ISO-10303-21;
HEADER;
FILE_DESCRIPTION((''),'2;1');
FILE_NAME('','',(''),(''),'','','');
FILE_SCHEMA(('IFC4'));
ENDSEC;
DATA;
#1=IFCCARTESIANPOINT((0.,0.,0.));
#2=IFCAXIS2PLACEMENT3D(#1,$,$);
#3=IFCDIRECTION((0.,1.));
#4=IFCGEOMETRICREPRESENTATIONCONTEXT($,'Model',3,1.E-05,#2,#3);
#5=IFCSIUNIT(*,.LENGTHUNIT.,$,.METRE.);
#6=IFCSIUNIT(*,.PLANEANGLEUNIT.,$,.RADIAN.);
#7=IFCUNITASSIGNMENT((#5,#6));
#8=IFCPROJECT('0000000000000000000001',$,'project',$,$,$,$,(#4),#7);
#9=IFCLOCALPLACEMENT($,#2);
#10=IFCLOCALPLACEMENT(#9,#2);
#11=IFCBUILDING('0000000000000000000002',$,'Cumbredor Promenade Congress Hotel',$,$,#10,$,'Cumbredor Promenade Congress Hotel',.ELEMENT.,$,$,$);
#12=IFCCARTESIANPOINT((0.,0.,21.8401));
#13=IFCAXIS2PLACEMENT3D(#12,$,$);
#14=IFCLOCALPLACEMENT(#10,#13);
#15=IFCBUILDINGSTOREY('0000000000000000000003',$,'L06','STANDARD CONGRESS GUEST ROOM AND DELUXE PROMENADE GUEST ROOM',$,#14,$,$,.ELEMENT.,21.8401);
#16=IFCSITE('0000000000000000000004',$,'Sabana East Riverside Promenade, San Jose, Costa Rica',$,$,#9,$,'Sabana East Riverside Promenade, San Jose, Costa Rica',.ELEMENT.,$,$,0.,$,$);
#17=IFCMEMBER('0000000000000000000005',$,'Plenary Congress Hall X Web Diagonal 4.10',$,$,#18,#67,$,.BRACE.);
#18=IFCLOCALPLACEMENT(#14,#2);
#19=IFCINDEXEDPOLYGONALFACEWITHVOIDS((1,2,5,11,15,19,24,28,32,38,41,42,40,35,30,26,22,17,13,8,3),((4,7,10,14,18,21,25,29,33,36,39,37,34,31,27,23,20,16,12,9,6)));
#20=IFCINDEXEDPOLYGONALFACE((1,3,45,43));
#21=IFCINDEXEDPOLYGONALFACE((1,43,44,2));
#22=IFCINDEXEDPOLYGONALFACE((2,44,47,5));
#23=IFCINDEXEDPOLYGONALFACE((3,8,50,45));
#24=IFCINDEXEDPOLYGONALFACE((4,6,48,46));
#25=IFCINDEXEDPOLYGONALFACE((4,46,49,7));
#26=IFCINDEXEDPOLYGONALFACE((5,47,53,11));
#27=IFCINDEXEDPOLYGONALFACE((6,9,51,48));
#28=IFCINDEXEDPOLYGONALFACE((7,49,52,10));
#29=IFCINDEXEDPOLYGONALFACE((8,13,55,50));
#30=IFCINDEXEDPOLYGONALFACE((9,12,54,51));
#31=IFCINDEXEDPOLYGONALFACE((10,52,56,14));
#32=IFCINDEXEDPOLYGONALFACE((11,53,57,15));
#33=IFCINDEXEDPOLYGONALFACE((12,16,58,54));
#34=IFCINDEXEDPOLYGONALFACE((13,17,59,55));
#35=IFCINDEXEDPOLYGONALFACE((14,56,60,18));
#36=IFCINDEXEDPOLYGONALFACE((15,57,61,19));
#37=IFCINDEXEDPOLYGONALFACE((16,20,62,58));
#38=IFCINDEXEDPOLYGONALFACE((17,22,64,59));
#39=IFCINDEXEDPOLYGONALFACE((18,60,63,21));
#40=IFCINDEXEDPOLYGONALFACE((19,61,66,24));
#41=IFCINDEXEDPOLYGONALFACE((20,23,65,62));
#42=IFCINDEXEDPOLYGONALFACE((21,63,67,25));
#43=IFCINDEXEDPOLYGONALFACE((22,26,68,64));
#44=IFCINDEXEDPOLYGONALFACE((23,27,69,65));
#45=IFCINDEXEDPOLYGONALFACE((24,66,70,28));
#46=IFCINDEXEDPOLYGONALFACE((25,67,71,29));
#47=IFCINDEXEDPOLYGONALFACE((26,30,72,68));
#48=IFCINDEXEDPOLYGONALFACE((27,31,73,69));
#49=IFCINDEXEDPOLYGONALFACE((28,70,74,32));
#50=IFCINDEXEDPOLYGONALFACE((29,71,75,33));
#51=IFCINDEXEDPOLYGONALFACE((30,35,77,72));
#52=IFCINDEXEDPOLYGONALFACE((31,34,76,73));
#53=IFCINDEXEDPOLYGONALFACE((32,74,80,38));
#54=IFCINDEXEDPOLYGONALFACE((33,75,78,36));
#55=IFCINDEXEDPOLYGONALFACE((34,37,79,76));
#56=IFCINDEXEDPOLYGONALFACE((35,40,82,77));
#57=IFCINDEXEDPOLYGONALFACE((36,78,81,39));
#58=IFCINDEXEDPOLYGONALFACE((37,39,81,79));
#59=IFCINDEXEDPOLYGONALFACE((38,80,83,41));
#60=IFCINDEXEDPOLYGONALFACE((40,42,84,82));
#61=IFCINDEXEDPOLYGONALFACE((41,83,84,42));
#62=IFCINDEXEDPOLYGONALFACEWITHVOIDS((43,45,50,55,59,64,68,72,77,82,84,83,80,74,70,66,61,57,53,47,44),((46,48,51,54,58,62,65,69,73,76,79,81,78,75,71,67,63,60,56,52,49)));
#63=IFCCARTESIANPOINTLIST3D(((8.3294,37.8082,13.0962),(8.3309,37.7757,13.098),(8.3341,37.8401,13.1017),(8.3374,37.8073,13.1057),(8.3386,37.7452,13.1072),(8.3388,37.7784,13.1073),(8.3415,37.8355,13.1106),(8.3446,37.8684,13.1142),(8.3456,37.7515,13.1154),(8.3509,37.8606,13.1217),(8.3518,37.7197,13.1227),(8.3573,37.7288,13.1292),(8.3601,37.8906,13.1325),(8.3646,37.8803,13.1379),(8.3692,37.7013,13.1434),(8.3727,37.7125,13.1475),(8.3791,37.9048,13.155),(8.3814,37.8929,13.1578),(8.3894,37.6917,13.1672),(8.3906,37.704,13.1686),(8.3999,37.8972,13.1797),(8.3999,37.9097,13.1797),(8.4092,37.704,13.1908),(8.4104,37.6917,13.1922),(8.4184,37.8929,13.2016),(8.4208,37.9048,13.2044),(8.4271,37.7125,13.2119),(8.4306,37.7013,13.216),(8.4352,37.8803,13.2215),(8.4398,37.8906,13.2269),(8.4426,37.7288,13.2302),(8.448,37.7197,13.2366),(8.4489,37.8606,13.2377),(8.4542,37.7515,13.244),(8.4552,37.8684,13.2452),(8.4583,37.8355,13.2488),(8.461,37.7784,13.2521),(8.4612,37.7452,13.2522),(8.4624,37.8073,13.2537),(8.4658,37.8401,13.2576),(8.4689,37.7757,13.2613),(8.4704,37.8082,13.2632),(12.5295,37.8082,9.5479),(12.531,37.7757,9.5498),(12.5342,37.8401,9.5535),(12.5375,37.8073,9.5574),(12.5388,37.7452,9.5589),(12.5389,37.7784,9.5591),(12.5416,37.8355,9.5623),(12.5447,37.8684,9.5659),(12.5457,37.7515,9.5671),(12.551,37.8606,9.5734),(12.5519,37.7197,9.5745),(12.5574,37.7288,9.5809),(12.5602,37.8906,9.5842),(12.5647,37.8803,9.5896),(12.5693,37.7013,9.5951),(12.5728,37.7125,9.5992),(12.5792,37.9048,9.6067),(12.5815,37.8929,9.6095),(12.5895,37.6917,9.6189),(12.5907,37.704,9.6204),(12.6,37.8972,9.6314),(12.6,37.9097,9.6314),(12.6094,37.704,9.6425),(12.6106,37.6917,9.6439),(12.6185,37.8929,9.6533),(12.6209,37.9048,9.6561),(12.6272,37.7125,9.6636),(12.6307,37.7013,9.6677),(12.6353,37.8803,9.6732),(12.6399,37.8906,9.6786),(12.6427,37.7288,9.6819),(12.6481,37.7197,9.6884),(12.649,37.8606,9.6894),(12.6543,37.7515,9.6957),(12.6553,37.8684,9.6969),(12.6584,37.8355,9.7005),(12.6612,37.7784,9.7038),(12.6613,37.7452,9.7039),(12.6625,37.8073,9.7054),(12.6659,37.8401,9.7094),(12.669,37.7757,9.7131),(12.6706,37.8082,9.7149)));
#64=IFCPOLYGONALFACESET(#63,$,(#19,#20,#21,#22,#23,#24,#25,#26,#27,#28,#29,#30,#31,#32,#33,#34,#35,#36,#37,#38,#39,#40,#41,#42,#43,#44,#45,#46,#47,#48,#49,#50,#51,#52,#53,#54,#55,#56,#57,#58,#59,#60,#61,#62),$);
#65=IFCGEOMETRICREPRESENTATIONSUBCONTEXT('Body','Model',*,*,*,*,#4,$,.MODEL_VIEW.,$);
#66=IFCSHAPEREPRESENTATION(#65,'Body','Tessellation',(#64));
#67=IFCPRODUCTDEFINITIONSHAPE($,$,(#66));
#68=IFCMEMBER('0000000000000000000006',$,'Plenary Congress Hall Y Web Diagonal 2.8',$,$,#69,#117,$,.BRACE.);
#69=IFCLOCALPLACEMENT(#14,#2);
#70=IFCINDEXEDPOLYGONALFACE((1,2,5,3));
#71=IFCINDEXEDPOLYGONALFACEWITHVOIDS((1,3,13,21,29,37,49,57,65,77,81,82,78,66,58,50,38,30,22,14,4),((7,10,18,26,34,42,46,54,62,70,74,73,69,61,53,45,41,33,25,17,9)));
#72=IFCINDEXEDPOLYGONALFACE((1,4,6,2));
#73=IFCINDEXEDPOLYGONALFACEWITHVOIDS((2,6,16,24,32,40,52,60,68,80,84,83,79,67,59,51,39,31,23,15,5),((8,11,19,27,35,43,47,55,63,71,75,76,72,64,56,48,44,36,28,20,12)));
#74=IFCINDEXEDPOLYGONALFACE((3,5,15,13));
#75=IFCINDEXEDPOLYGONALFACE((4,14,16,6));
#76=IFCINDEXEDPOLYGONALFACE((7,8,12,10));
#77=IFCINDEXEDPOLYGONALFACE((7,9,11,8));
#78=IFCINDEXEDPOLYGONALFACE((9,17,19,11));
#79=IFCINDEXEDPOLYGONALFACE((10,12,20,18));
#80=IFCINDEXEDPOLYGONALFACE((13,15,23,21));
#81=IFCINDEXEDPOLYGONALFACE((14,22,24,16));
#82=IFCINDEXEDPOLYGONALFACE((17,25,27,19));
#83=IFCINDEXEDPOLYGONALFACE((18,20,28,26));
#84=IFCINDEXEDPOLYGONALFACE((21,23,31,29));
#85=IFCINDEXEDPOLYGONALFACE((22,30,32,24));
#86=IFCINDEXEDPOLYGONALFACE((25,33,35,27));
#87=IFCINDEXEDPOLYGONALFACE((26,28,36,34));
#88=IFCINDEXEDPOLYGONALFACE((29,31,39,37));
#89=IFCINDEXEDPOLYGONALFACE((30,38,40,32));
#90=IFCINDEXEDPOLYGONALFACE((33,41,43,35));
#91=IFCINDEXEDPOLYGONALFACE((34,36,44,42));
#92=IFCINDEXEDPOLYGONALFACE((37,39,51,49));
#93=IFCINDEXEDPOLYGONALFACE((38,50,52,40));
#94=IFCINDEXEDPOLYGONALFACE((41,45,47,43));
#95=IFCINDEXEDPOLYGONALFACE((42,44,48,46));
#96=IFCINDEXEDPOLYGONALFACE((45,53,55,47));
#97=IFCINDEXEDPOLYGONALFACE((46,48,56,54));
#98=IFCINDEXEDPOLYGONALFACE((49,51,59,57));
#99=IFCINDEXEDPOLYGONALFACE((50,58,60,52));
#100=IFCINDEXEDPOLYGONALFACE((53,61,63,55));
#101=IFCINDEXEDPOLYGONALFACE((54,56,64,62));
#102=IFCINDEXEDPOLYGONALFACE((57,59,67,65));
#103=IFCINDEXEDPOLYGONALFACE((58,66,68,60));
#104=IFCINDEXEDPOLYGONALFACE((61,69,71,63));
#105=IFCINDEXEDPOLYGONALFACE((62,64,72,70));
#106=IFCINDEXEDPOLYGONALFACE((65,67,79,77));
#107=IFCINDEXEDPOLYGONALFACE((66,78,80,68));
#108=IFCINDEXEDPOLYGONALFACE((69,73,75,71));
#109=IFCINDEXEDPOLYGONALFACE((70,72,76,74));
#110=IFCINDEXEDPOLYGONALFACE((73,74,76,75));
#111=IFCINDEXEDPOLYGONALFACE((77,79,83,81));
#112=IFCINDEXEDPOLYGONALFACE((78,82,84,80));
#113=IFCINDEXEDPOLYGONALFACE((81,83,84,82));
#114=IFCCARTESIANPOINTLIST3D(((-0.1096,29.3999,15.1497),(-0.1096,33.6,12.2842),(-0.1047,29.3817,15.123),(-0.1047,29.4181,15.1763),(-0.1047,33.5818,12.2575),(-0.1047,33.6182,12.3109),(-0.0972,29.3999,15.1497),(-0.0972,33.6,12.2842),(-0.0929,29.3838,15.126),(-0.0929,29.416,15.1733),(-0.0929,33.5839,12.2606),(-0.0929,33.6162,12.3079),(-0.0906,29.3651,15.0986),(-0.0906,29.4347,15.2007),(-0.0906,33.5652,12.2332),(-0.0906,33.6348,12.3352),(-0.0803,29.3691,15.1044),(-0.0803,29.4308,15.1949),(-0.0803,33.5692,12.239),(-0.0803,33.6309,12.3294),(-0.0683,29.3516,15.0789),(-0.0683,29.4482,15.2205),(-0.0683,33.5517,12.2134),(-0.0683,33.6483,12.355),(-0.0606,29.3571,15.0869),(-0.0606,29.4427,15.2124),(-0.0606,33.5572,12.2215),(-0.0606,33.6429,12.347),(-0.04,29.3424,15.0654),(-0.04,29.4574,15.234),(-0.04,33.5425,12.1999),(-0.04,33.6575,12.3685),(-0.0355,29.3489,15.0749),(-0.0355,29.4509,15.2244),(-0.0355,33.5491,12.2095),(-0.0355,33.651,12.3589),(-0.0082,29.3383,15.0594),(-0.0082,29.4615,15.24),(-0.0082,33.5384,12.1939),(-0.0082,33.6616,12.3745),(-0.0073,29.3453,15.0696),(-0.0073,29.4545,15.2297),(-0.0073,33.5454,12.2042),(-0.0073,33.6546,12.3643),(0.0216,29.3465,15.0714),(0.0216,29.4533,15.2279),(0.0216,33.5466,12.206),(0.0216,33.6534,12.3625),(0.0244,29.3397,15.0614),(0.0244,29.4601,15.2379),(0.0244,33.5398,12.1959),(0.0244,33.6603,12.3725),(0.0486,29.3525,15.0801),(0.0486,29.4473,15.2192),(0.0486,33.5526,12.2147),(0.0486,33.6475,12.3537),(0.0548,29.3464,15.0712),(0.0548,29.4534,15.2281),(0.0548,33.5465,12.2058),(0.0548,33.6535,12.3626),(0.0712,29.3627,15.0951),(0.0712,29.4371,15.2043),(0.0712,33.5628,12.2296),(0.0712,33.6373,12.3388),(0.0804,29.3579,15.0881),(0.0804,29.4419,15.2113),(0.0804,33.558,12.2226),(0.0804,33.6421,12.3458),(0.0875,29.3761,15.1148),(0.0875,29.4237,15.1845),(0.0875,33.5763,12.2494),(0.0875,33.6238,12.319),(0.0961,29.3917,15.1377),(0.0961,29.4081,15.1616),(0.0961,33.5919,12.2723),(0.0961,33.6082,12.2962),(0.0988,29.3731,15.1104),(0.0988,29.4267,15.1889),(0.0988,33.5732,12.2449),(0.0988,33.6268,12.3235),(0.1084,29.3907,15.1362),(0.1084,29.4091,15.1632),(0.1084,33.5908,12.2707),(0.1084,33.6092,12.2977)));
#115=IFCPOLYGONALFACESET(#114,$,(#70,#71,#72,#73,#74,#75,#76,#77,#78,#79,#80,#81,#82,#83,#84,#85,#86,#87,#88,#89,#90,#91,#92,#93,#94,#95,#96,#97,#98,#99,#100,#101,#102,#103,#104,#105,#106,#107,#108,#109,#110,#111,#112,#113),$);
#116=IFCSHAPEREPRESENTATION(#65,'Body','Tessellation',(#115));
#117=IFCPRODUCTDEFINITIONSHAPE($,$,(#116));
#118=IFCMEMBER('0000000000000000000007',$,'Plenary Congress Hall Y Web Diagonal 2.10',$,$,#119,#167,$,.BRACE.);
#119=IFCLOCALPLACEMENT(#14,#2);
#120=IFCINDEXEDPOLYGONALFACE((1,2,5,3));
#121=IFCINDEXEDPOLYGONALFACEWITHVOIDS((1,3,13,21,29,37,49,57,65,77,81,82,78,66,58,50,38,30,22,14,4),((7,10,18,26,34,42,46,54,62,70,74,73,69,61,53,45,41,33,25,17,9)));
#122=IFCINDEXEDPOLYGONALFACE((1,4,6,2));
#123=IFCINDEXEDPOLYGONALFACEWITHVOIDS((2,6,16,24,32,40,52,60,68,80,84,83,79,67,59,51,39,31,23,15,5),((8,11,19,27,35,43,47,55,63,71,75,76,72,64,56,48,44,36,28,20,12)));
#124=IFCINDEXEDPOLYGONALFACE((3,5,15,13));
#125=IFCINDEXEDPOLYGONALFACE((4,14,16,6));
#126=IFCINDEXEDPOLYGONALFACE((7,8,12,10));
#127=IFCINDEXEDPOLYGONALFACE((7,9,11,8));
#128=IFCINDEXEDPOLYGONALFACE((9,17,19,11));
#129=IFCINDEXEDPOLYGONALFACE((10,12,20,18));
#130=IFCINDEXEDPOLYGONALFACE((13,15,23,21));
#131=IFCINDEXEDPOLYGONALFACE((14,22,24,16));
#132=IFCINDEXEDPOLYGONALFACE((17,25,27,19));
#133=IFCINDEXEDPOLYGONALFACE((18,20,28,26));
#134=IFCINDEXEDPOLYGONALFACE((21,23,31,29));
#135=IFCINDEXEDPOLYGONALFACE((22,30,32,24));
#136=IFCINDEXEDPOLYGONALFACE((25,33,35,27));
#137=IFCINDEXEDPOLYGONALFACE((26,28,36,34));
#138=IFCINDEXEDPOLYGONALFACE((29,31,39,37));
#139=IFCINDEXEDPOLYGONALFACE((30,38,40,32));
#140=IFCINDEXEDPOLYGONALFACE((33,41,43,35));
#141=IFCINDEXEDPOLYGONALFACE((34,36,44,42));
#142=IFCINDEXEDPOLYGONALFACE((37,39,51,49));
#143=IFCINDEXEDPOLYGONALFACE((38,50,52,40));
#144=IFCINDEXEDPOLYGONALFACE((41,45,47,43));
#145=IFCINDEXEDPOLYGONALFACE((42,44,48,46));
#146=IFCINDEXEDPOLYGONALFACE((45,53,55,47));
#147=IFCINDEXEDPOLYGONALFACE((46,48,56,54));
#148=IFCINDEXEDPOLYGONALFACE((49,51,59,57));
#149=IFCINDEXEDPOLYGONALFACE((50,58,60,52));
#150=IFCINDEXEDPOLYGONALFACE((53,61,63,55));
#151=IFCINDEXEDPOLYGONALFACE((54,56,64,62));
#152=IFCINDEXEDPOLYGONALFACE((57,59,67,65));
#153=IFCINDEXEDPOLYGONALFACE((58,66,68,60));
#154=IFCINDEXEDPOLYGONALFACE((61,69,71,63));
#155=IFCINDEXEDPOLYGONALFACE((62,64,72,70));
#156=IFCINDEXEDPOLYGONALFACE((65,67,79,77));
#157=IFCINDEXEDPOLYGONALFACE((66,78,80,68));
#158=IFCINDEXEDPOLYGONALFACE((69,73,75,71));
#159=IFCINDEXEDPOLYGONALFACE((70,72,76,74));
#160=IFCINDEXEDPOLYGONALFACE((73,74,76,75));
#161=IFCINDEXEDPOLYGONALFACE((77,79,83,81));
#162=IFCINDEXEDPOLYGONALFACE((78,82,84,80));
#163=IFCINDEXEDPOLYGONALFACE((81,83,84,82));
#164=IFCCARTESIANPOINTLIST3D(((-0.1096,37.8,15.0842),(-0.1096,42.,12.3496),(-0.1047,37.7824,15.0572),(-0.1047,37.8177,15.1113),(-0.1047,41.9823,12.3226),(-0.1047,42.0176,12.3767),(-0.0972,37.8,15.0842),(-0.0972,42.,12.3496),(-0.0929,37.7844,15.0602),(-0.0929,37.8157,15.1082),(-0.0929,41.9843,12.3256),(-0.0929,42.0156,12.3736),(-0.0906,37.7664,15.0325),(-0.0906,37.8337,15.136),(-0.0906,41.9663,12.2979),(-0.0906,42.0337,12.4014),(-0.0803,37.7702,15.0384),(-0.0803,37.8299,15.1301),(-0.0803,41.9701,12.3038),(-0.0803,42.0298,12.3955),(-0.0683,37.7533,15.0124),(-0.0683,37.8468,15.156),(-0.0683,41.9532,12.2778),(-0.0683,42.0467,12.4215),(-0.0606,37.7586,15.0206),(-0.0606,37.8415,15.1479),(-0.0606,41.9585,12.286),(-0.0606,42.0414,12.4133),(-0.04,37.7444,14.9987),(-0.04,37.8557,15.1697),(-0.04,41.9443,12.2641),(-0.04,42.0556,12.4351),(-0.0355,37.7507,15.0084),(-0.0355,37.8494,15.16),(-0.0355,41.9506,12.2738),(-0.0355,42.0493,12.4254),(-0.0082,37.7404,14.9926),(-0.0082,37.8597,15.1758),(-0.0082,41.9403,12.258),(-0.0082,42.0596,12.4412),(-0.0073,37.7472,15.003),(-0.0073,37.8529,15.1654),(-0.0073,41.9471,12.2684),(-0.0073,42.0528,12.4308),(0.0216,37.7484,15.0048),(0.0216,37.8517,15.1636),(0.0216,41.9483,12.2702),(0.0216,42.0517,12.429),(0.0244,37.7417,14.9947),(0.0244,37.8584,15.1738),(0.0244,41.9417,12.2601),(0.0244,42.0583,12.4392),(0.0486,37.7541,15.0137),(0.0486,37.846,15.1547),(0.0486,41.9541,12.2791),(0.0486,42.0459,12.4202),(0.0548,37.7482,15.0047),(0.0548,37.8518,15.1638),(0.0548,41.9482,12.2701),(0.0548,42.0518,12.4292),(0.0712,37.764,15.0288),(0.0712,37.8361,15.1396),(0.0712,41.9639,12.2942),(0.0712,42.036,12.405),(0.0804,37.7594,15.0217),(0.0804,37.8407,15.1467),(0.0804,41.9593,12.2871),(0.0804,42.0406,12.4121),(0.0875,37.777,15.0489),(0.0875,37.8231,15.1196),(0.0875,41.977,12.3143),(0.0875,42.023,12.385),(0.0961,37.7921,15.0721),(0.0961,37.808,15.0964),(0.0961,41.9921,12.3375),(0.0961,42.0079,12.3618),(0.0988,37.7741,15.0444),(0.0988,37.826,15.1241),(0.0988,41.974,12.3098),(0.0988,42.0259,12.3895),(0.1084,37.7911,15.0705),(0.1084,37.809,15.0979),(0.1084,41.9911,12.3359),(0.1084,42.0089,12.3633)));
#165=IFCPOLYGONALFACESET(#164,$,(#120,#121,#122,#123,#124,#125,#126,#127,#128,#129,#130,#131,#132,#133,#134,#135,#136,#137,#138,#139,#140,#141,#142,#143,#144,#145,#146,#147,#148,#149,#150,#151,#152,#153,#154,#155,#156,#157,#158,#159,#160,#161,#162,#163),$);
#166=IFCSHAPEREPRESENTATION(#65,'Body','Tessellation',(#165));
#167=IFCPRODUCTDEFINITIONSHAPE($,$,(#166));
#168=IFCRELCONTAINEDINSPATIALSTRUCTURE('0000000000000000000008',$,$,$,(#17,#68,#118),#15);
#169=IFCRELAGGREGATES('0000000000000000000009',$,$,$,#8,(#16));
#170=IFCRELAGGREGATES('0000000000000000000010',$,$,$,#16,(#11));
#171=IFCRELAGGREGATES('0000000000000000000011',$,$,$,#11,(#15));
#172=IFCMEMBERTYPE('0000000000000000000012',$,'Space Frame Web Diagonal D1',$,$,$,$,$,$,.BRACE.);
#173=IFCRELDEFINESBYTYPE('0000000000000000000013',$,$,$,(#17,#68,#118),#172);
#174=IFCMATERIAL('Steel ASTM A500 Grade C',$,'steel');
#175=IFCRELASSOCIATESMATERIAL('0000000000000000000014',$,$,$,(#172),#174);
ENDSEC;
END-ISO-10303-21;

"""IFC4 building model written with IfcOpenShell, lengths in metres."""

from ifc_helpers import new_model, si_unit, direction, frame, origin, origin_2d, place, context, subcontext, project, spatial, hollow_circle, extrude, material, material_profile, profile_set, type_object, element, save


model = new_model("IFC4")

# Units and contexts
model_context = context("Model", 3, precision=1e-05, world=origin(), true_north=direction((0.0, 1.0)))
body_context = subcontext(model_context, "Body", "Model", "MODEL_VIEW")
ifc_project = project(units=[si_unit("LENGTHUNIT", "METRE"), si_unit("PLANEANGLEUNIT", "RADIAN")], contexts=[model_context])

# Site, building, storey
site_placement = place(None, origin())
site = spatial("IfcSite", under=ifc_project, at=site_placement, Name="Sabana East Riverside Promenade, San Jose, Costa Rica", LongName="Sabana East Riverside Promenade, San Jose, Costa Rica", CompositionType="ELEMENT", RefElevation=0.0)
building_placement = place(site_placement, origin())
building = spatial("IfcBuilding", under=site, at=building_placement, Name="Cumbredor Promenade Congress Hotel", LongName="Cumbredor Promenade Congress Hotel", CompositionType="ELEMENT")
storey_placement = place(building_placement, frame((0.0, 0.0, 21.8401)))
storey = spatial("IfcBuildingStorey", under=building, at=storey_placement, Name="L06", Description="STANDARD CONGRESS GUEST ROOM AND DELUXE PROMENADE GUEST ROOM", CompositionType="ELEMENT", Elevation=21.8401)

# Members
ifc_material_1 = material(Name="Steel ASTM A500 Grade C", Category="steel")
ifc_material_profile_1 = material_profile(ifc_material_1, hollow_circle(Radius=0.1096, WallThickness=0.0125, at=origin_2d()), Name="CHS 219.1x12.5")
ifc_profile_set_1 = profile_set([ifc_material_profile_1], Name="Steel ASTM A500 Grade C")
member_type_1 = type_object("IfcMemberType", Name="Space Frame Web Diagonal D1", PredefinedType="BRACE", material=ifc_profile_set_1)
for number, where, z_axis, x_axis, name in (
    (1, (8.3999, 37.8, 13.1797), (0.763895, 0.0, -0.645341), (0.0, 1.0, 0.0), "Plenary Congress Hall X Web Diagonal 4.10"),
):
    element("IfcMember", number, at=place(storey_placement, frame(where, z_axis=z_axis, x_axis=x_axis)), inside=storey, type_object=member_type_1, Name=name, PredefinedType="BRACE", context=body_context, shape_type="SweptSolid", body=[
        extrude(hollow_circle(Radius=0.1096, WallThickness=0.0125, at=origin_2d()), origin(), (0.0, 0.0, 1.0), 5.4983),
    ])
member_1_placement = place(storey_placement, frame((0.0, 29.3999, 15.1497), z_axis=(0.0, 0.826071, -0.563566), x_axis=(-1.0, 0.0, 0.0)))
element("IfcMember", 2, at=member_1_placement, inside=storey, type_object=member_type_1, Name="Plenary Congress Hall Y Web Diagonal 2.8", PredefinedType="BRACE", context=body_context, shape_type="SweptSolid", body=[
    extrude(hollow_circle(Radius=0.1096, WallThickness=0.0125, at=origin_2d()), origin(), (0.0, 0.0, 1.0), 5.0845),
])
member_2_placement = place(storey_placement, frame((0.0, 37.8, 15.0842), z_axis=(0.0, 0.838019, -0.545641), x_axis=(-1.0, 0.0, 0.0)))
element("IfcMember", 3, at=member_2_placement, inside=storey, type_object=member_type_1, Name="Plenary Congress Hall Y Web Diagonal 2.10", PredefinedType="BRACE", context=body_context, shape_type="SweptSolid", body=[
    extrude(hollow_circle(Radius=0.1096, WallThickness=0.0125, at=origin_2d()), origin(), (0.0, 0.0, 1.0), 5.0117),
])

save(model, "model.ifc")
